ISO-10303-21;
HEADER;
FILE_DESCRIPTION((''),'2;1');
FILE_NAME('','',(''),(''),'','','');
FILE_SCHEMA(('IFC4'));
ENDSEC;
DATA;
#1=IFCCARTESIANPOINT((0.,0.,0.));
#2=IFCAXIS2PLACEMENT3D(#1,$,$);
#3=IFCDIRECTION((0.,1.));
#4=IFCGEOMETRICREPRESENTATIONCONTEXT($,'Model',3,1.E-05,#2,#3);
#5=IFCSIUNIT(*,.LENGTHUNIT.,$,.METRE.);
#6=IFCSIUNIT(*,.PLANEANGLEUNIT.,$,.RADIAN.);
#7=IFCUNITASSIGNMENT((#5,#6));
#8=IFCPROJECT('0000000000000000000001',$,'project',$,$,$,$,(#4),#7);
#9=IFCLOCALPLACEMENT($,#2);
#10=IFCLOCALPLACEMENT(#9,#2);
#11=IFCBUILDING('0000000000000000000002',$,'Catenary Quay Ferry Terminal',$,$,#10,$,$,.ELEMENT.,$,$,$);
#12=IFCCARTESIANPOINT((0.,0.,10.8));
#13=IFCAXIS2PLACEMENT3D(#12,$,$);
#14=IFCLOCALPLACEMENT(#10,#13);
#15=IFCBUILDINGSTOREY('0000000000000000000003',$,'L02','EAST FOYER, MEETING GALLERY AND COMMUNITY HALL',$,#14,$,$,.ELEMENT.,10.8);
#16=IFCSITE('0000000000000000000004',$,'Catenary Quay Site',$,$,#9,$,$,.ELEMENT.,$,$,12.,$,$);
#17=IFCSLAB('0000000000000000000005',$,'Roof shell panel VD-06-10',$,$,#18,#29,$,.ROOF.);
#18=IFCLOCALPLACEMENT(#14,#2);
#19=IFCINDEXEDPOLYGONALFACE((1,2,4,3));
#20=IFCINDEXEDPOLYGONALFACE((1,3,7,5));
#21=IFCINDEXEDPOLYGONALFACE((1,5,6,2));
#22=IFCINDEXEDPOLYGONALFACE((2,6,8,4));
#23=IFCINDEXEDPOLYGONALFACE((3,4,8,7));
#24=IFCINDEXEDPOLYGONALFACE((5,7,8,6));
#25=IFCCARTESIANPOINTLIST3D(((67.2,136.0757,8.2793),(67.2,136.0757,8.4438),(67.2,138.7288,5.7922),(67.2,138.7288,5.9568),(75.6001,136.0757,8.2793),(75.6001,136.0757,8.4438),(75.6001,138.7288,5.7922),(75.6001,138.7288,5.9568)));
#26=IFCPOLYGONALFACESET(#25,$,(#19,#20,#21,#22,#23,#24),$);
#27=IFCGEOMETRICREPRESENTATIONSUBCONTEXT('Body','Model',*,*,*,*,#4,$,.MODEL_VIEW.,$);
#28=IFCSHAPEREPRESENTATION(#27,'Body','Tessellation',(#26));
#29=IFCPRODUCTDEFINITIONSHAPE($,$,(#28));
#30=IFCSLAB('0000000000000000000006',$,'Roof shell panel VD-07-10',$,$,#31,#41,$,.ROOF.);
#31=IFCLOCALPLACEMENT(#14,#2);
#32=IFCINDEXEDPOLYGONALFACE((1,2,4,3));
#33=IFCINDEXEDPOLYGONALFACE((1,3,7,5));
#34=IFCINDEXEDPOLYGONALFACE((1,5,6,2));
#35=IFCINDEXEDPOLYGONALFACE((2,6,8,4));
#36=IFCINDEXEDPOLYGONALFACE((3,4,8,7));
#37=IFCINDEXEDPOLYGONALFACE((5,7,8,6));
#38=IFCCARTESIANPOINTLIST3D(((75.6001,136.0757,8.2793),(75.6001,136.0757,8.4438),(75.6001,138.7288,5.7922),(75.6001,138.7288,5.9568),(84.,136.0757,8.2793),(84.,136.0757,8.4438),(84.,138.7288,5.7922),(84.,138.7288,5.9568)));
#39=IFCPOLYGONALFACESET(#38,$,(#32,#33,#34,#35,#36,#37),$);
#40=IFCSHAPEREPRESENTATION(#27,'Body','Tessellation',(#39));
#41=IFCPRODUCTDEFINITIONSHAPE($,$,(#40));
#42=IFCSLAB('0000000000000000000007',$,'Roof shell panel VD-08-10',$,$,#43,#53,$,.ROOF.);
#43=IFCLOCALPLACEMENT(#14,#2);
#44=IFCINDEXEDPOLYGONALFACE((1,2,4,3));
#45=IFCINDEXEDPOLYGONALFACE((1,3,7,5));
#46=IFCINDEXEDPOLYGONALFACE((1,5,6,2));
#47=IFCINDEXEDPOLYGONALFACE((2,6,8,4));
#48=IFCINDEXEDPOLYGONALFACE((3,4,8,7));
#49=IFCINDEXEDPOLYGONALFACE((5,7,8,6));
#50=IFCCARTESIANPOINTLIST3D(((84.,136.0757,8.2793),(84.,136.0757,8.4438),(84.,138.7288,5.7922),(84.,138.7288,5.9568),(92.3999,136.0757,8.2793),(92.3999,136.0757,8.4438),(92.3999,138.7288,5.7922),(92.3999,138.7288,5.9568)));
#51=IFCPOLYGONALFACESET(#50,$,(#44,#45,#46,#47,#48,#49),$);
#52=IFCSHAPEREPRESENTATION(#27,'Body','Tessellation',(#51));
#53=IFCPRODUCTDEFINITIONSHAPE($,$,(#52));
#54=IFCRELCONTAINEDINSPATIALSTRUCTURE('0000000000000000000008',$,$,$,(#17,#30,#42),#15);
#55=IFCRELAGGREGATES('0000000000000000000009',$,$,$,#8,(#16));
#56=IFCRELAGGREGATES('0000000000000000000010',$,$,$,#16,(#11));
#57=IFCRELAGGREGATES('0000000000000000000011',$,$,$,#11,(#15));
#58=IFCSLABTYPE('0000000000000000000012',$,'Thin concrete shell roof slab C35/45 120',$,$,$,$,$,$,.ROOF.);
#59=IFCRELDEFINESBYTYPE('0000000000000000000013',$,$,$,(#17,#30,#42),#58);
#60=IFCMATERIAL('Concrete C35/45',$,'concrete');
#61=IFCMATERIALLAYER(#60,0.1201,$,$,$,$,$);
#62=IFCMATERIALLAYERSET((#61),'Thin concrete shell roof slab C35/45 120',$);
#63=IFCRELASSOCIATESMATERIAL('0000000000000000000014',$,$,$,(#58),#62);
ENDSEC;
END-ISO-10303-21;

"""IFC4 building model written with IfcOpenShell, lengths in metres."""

from ifc_helpers import new_model, si_unit, direction, frame, origin, place, context, subcontext, project, spatial, polyline, outline, extrude, material, layer, layer_set, type_object, element, save


model = new_model("IFC4")

# Units and contexts
model_context = context("Model", 3, precision=1e-05, world=origin(), true_north=direction((0.0, 1.0)))
body_context = subcontext(model_context, "Body", "Model", "MODEL_VIEW")
ifc_project = project(units=[si_unit("LENGTHUNIT", "METRE"), si_unit("PLANEANGLEUNIT", "RADIAN")], contexts=[model_context])

# Site, building, storey
site_placement = place(None, origin())
site = spatial("IfcSite", under=ifc_project, at=site_placement, Name="Catenary Quay Site", CompositionType="ELEMENT", RefElevation=12.0)
building_placement = place(site_placement, origin())
building = spatial("IfcBuilding", under=site, at=building_placement, Name="Catenary Quay Ferry Terminal", CompositionType="ELEMENT")
storey_placement = place(building_placement, frame((0.0, 0.0, 10.8)))
storey = spatial("IfcBuildingStorey", under=building, at=storey_placement, Name="L02", Description="EAST FOYER, MEETING GALLERY AND COMMUNITY HALL", CompositionType="ELEMENT", Elevation=10.8)

# Slabs
ifc_material_1 = material(Name="Concrete C35/45", Category="concrete")
ifc_layer_1 = layer(ifc_material_1, 0.1201)
ifc_layer_set_1 = layer_set([ifc_layer_1], Name="Thin concrete shell roof slab C35/45 120")
slab_type = type_object("IfcSlabType", Name="Thin concrete shell roof slab C35/45 120", PredefinedType="ROOF", material=ifc_layer_set_1)
slab_1_placement = place(storey_placement, frame((67.2, 136.0757, 8.4438), z_axis=(0.0, 0.683912, 0.729564), x_axis=(1.0, 0.0, 0.0)))
element("IfcSlab", 1, at=slab_1_placement, inside=storey, type_object=slab_type, Name="Roof shell panel VD-06-10", PredefinedType="ROOF", context=body_context, shape_type="SweptSolid", body=[
    extrude(outline(polyline([(0.0, 0.0), (8.4001, 0.0), (8.4001, 3.6365), (0.0, 3.6365), (0.0, 0.0)])), origin(), (0.0, 0.683912, -0.729564), 0.1646),
])
for number, where, z_axis, x_axis, name in (
    (2, (75.6001, 136.0757, 8.4438), (0.0, 0.683912, 0.729564), (1.0, 0.0, 0.0), "Roof shell panel VD-07-10"),
    (3, (84.0, 136.0757, 8.4438), (0.0, 0.683912, 0.729564), (1.0, 0.0, 0.0), "Roof shell panel VD-08-10"),
):
    element("IfcSlab", number, at=place(storey_placement, frame(where, z_axis=z_axis, x_axis=x_axis)), inside=storey, type_object=slab_type, Name=name, PredefinedType="ROOF", context=body_context, shape_type="SweptSolid", body=[
        extrude(outline(polyline([(0.0, 0.0), (8.3999, 0.0), (8.3999, 3.6365), (0.0, 3.6365), (0.0, 0.0)])), origin(), (0.0, 0.683912, -0.729564), 0.1646),
    ])

save(model, "model.ifc")
